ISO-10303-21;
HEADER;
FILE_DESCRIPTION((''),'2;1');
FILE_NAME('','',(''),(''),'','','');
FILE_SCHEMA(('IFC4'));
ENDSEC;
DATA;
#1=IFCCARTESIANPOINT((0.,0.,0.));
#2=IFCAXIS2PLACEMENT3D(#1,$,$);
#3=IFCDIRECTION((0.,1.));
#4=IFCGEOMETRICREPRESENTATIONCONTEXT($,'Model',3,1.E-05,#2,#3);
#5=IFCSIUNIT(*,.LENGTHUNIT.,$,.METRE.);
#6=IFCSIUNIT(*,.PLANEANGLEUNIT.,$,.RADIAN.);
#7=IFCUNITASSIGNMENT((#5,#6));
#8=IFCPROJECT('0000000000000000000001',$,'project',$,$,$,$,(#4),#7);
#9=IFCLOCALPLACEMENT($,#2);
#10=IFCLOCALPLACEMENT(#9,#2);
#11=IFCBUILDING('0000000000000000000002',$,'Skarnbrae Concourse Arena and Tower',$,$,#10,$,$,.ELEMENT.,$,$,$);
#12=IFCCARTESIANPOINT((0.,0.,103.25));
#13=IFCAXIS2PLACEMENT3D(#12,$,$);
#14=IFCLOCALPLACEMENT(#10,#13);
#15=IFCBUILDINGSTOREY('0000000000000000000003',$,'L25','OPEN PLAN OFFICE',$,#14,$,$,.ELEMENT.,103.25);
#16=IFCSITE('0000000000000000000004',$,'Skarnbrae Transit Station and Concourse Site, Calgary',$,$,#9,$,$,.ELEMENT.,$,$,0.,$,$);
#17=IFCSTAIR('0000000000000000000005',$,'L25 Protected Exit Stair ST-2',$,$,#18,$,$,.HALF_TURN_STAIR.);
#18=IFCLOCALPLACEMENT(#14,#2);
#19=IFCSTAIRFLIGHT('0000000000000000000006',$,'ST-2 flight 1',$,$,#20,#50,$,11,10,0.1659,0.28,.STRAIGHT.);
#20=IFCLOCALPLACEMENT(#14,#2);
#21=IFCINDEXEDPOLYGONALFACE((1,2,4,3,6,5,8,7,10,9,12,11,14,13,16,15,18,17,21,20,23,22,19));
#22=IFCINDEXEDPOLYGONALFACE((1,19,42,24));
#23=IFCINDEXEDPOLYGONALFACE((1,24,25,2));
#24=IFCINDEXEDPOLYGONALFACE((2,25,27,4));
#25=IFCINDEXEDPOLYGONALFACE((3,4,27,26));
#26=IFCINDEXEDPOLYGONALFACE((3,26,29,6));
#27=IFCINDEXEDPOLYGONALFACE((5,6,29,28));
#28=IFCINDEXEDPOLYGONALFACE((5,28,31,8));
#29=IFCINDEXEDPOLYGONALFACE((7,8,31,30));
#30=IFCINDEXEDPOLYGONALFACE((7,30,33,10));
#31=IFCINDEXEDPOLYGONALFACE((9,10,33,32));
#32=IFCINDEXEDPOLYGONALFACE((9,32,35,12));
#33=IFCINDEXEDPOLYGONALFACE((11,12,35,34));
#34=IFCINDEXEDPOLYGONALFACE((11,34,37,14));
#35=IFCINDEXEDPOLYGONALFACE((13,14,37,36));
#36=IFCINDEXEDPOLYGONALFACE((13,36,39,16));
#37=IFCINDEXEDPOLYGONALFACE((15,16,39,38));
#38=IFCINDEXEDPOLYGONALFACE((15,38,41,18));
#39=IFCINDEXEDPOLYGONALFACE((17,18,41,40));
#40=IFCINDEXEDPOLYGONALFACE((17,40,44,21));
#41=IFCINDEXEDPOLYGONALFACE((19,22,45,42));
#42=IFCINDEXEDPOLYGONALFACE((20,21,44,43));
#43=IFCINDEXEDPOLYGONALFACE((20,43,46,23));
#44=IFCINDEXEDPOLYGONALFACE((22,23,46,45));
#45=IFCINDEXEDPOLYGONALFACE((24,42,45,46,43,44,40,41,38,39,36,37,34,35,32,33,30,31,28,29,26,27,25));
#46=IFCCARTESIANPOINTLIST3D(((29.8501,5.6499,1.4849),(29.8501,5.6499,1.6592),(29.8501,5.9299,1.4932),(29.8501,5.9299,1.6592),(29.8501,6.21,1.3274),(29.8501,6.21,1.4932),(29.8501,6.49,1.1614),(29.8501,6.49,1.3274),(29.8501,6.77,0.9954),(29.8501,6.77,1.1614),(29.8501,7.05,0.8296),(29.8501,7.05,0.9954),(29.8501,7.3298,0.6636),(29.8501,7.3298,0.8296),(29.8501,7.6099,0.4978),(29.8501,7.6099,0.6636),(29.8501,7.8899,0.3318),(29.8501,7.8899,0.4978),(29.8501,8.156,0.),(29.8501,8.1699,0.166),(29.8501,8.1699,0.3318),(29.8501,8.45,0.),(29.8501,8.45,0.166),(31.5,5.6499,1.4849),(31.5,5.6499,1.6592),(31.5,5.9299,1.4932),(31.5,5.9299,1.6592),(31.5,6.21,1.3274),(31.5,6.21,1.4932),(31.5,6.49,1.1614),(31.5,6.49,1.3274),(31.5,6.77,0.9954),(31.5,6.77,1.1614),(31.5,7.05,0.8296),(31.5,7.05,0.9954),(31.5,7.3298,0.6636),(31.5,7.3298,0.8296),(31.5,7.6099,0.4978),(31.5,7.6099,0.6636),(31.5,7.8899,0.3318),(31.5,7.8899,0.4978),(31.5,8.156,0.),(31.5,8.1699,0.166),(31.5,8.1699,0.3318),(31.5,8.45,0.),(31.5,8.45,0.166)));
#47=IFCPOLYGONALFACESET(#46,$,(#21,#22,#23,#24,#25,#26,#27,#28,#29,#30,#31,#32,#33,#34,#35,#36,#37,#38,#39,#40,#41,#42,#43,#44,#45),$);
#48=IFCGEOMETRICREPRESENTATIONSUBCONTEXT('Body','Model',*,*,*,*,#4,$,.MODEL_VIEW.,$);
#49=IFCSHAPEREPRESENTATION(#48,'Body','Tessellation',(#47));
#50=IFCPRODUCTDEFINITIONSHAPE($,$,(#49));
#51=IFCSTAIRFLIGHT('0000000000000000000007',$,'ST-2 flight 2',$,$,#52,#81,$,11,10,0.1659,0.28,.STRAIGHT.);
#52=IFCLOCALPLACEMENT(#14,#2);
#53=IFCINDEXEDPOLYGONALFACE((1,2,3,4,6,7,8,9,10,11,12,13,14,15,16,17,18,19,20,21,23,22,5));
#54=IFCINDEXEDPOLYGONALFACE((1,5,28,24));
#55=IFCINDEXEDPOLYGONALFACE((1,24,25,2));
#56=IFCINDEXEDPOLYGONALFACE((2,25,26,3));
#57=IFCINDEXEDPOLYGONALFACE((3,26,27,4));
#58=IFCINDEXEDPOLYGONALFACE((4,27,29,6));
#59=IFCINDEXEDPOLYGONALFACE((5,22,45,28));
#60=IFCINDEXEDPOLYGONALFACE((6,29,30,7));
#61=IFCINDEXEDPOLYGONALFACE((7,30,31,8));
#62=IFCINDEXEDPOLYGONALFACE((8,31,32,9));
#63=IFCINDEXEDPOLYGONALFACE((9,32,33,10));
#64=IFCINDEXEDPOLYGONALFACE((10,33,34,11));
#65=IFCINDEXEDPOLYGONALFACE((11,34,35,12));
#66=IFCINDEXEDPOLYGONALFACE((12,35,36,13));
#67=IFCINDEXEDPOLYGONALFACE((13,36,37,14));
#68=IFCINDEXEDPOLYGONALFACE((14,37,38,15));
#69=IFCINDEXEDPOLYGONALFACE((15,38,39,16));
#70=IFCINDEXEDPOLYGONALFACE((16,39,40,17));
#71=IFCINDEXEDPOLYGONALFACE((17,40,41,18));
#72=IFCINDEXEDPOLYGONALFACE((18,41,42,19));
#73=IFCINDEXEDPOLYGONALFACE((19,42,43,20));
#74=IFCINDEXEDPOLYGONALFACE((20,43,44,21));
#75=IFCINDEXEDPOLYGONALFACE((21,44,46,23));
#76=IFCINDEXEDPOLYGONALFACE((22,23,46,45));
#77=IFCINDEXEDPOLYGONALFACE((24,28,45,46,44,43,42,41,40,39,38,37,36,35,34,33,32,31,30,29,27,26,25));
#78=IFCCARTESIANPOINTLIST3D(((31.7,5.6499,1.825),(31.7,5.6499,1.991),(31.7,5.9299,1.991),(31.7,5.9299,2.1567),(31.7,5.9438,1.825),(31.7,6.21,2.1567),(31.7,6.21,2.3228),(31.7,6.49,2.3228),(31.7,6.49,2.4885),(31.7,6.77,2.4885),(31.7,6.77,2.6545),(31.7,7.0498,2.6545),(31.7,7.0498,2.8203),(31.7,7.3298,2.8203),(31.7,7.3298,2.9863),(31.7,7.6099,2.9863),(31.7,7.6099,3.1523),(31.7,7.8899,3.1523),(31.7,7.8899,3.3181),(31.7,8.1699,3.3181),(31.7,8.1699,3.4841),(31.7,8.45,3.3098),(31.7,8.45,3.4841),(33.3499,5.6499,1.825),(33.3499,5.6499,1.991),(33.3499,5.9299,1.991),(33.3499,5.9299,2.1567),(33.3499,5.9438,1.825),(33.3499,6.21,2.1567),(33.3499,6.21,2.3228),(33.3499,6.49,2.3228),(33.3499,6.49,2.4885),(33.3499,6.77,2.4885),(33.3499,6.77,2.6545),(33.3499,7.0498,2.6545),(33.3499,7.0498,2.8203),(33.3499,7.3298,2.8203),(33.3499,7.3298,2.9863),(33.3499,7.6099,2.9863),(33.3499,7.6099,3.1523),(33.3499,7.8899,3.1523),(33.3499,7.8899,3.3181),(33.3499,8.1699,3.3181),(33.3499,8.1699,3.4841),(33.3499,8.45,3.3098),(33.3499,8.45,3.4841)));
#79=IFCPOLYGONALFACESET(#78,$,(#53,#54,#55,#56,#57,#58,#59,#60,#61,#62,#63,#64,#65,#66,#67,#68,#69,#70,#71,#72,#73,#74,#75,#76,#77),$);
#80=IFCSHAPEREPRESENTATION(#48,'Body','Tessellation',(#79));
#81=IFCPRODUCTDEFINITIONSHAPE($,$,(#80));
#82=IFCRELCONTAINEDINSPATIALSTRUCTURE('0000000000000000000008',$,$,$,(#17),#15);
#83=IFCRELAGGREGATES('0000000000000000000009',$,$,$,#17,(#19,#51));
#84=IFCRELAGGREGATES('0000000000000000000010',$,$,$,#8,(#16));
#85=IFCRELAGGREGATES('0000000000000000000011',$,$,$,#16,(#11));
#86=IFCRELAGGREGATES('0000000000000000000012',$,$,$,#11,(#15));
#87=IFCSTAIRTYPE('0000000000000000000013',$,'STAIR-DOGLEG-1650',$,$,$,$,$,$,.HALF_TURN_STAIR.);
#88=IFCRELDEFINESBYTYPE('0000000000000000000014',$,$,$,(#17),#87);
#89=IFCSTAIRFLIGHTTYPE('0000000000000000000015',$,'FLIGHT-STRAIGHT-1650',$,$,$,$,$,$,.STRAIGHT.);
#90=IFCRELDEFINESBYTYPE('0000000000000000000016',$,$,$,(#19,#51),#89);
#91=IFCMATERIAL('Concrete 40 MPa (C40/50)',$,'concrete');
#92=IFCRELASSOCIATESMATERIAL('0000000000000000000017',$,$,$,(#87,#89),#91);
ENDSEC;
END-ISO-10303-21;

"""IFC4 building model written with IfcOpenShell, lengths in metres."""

from ifc_helpers import new_model, si_unit, direction, frame, origin, place, context, subcontext, project, spatial, polyline, outline, extrude, source, transform, mapped, material, type_object, element, aggregate, save


model = new_model("IFC4")

# Units and contexts
model_context = context("Model", 3, precision=1e-05, world=origin(), true_north=direction((0.0, 1.0)))
body_context = subcontext(model_context, "Body", "Model", "MODEL_VIEW")
ifc_project = project(units=[si_unit("LENGTHUNIT", "METRE"), si_unit("PLANEANGLEUNIT", "RADIAN")], contexts=[model_context])

# Site, building, storey
site_placement = place(None, origin())
site = spatial("IfcSite", under=ifc_project, at=site_placement, Name="Skarnbrae Transit Station and Concourse Site, Calgary", CompositionType="ELEMENT", RefElevation=0.0)
building_placement = place(site_placement, origin())
building = spatial("IfcBuilding", under=site, at=building_placement, Name="Skarnbrae Concourse Arena and Tower", CompositionType="ELEMENT")
storey_placement = place(building_placement, frame((0.0, 0.0, 103.25)))
storey = spatial("IfcBuildingStorey", under=building, at=storey_placement, Name="L25", Description="OPEN PLAN OFFICE", CompositionType="ELEMENT", Elevation=103.25)

# Stair, stair flights
ifc_material_1 = material(Name="Concrete 40 MPa (C40/50)", Category="concrete")
stair_type = type_object("IfcStairType", Name="STAIR-DOGLEG-1650", PredefinedType="HALF_TURN_STAIR", material=ifc_material_1)
stair_placement = place(storey_placement, origin())
stair = element("IfcStair", 1, at=stair_placement, inside=storey, type_object=stair_type, Name="L25 Protected Exit Stair ST-2", PredefinedType="HALF_TURN_STAIR")
stair_flight_type = type_object("IfcStairFlightType", Name="FLIGHT-STRAIGHT-1650", PredefinedType="STRAIGHT", material=ifc_material_1)
shared_shape_1 = source(origin(), body_context, "Body", "SweptSolid", [
    extrude(outline(polyline([(0.0, 0.0), (0.0, 0.166), (0.28, 0.166), (0.28, 0.3318), (0.5601, 0.3318), (0.5601, 0.4978), (0.8401, 0.4978), (0.8401, 0.6636), (1.1201, 0.6636), (1.1201, 0.8296), (1.3999, 0.8296), (1.3999, 0.9954), (1.6799, 0.9954), (1.6799, 1.1614), (1.96, 1.1614), (1.96, 1.3274), (2.24, 1.3274), (2.24, 1.4932), (2.52, 1.4932), (2.52, 1.6592), (2.8, 1.6592), (2.8, 1.825), (2.8, 1.4849), (0.2939, 0.0), (0.0, 0.0)])), frame((0.0, 0.825, 0.0), z_axis=(0.0, -1.0, 0.0), x_axis=(1.0, 0.0, 0.0)), (0.0, 0.0, 1.0), 1.6499),
])
stair_flight_1_placement = place(storey_placement, frame((30.675, 8.45, 0.0), z_axis=(0.0, 0.0, 1.0), x_axis=(0.0, -1.0, 0.0)))
stair_flight_1 = element("IfcStairFlight", 2, at=stair_flight_1_placement, type_object=stair_flight_type, Name="ST-2 flight 1", NumberOfRisers=11, NumberOfTreads=10, PredefinedType="STRAIGHT", RiserHeight=0.1659, TreadLength=0.28, context=body_context, shape_type="MappedRepresentation", body=[
    mapped(shared_shape_1, transform((0.0, 0.0, 0.0))),
])
stair_flight_2_placement = place(storey_placement, frame((32.5249, 5.6499, 1.825), z_axis=(0.0, 0.0, 1.0), x_axis=(0.0, 1.0, 0.0)))
stair_flight_2 = element("IfcStairFlight", 3, at=stair_flight_2_placement, type_object=stair_flight_type, Name="ST-2 flight 2", NumberOfRisers=11, NumberOfTreads=10, PredefinedType="STRAIGHT", RiserHeight=0.1659, TreadLength=0.28, context=body_context, shape_type="MappedRepresentation", body=[
    mapped(shared_shape_1, transform((0.0, 0.0, 0.0))),
])
aggregate(stair, [stair_flight_1, stair_flight_2])

save(model, "model.ifc")
